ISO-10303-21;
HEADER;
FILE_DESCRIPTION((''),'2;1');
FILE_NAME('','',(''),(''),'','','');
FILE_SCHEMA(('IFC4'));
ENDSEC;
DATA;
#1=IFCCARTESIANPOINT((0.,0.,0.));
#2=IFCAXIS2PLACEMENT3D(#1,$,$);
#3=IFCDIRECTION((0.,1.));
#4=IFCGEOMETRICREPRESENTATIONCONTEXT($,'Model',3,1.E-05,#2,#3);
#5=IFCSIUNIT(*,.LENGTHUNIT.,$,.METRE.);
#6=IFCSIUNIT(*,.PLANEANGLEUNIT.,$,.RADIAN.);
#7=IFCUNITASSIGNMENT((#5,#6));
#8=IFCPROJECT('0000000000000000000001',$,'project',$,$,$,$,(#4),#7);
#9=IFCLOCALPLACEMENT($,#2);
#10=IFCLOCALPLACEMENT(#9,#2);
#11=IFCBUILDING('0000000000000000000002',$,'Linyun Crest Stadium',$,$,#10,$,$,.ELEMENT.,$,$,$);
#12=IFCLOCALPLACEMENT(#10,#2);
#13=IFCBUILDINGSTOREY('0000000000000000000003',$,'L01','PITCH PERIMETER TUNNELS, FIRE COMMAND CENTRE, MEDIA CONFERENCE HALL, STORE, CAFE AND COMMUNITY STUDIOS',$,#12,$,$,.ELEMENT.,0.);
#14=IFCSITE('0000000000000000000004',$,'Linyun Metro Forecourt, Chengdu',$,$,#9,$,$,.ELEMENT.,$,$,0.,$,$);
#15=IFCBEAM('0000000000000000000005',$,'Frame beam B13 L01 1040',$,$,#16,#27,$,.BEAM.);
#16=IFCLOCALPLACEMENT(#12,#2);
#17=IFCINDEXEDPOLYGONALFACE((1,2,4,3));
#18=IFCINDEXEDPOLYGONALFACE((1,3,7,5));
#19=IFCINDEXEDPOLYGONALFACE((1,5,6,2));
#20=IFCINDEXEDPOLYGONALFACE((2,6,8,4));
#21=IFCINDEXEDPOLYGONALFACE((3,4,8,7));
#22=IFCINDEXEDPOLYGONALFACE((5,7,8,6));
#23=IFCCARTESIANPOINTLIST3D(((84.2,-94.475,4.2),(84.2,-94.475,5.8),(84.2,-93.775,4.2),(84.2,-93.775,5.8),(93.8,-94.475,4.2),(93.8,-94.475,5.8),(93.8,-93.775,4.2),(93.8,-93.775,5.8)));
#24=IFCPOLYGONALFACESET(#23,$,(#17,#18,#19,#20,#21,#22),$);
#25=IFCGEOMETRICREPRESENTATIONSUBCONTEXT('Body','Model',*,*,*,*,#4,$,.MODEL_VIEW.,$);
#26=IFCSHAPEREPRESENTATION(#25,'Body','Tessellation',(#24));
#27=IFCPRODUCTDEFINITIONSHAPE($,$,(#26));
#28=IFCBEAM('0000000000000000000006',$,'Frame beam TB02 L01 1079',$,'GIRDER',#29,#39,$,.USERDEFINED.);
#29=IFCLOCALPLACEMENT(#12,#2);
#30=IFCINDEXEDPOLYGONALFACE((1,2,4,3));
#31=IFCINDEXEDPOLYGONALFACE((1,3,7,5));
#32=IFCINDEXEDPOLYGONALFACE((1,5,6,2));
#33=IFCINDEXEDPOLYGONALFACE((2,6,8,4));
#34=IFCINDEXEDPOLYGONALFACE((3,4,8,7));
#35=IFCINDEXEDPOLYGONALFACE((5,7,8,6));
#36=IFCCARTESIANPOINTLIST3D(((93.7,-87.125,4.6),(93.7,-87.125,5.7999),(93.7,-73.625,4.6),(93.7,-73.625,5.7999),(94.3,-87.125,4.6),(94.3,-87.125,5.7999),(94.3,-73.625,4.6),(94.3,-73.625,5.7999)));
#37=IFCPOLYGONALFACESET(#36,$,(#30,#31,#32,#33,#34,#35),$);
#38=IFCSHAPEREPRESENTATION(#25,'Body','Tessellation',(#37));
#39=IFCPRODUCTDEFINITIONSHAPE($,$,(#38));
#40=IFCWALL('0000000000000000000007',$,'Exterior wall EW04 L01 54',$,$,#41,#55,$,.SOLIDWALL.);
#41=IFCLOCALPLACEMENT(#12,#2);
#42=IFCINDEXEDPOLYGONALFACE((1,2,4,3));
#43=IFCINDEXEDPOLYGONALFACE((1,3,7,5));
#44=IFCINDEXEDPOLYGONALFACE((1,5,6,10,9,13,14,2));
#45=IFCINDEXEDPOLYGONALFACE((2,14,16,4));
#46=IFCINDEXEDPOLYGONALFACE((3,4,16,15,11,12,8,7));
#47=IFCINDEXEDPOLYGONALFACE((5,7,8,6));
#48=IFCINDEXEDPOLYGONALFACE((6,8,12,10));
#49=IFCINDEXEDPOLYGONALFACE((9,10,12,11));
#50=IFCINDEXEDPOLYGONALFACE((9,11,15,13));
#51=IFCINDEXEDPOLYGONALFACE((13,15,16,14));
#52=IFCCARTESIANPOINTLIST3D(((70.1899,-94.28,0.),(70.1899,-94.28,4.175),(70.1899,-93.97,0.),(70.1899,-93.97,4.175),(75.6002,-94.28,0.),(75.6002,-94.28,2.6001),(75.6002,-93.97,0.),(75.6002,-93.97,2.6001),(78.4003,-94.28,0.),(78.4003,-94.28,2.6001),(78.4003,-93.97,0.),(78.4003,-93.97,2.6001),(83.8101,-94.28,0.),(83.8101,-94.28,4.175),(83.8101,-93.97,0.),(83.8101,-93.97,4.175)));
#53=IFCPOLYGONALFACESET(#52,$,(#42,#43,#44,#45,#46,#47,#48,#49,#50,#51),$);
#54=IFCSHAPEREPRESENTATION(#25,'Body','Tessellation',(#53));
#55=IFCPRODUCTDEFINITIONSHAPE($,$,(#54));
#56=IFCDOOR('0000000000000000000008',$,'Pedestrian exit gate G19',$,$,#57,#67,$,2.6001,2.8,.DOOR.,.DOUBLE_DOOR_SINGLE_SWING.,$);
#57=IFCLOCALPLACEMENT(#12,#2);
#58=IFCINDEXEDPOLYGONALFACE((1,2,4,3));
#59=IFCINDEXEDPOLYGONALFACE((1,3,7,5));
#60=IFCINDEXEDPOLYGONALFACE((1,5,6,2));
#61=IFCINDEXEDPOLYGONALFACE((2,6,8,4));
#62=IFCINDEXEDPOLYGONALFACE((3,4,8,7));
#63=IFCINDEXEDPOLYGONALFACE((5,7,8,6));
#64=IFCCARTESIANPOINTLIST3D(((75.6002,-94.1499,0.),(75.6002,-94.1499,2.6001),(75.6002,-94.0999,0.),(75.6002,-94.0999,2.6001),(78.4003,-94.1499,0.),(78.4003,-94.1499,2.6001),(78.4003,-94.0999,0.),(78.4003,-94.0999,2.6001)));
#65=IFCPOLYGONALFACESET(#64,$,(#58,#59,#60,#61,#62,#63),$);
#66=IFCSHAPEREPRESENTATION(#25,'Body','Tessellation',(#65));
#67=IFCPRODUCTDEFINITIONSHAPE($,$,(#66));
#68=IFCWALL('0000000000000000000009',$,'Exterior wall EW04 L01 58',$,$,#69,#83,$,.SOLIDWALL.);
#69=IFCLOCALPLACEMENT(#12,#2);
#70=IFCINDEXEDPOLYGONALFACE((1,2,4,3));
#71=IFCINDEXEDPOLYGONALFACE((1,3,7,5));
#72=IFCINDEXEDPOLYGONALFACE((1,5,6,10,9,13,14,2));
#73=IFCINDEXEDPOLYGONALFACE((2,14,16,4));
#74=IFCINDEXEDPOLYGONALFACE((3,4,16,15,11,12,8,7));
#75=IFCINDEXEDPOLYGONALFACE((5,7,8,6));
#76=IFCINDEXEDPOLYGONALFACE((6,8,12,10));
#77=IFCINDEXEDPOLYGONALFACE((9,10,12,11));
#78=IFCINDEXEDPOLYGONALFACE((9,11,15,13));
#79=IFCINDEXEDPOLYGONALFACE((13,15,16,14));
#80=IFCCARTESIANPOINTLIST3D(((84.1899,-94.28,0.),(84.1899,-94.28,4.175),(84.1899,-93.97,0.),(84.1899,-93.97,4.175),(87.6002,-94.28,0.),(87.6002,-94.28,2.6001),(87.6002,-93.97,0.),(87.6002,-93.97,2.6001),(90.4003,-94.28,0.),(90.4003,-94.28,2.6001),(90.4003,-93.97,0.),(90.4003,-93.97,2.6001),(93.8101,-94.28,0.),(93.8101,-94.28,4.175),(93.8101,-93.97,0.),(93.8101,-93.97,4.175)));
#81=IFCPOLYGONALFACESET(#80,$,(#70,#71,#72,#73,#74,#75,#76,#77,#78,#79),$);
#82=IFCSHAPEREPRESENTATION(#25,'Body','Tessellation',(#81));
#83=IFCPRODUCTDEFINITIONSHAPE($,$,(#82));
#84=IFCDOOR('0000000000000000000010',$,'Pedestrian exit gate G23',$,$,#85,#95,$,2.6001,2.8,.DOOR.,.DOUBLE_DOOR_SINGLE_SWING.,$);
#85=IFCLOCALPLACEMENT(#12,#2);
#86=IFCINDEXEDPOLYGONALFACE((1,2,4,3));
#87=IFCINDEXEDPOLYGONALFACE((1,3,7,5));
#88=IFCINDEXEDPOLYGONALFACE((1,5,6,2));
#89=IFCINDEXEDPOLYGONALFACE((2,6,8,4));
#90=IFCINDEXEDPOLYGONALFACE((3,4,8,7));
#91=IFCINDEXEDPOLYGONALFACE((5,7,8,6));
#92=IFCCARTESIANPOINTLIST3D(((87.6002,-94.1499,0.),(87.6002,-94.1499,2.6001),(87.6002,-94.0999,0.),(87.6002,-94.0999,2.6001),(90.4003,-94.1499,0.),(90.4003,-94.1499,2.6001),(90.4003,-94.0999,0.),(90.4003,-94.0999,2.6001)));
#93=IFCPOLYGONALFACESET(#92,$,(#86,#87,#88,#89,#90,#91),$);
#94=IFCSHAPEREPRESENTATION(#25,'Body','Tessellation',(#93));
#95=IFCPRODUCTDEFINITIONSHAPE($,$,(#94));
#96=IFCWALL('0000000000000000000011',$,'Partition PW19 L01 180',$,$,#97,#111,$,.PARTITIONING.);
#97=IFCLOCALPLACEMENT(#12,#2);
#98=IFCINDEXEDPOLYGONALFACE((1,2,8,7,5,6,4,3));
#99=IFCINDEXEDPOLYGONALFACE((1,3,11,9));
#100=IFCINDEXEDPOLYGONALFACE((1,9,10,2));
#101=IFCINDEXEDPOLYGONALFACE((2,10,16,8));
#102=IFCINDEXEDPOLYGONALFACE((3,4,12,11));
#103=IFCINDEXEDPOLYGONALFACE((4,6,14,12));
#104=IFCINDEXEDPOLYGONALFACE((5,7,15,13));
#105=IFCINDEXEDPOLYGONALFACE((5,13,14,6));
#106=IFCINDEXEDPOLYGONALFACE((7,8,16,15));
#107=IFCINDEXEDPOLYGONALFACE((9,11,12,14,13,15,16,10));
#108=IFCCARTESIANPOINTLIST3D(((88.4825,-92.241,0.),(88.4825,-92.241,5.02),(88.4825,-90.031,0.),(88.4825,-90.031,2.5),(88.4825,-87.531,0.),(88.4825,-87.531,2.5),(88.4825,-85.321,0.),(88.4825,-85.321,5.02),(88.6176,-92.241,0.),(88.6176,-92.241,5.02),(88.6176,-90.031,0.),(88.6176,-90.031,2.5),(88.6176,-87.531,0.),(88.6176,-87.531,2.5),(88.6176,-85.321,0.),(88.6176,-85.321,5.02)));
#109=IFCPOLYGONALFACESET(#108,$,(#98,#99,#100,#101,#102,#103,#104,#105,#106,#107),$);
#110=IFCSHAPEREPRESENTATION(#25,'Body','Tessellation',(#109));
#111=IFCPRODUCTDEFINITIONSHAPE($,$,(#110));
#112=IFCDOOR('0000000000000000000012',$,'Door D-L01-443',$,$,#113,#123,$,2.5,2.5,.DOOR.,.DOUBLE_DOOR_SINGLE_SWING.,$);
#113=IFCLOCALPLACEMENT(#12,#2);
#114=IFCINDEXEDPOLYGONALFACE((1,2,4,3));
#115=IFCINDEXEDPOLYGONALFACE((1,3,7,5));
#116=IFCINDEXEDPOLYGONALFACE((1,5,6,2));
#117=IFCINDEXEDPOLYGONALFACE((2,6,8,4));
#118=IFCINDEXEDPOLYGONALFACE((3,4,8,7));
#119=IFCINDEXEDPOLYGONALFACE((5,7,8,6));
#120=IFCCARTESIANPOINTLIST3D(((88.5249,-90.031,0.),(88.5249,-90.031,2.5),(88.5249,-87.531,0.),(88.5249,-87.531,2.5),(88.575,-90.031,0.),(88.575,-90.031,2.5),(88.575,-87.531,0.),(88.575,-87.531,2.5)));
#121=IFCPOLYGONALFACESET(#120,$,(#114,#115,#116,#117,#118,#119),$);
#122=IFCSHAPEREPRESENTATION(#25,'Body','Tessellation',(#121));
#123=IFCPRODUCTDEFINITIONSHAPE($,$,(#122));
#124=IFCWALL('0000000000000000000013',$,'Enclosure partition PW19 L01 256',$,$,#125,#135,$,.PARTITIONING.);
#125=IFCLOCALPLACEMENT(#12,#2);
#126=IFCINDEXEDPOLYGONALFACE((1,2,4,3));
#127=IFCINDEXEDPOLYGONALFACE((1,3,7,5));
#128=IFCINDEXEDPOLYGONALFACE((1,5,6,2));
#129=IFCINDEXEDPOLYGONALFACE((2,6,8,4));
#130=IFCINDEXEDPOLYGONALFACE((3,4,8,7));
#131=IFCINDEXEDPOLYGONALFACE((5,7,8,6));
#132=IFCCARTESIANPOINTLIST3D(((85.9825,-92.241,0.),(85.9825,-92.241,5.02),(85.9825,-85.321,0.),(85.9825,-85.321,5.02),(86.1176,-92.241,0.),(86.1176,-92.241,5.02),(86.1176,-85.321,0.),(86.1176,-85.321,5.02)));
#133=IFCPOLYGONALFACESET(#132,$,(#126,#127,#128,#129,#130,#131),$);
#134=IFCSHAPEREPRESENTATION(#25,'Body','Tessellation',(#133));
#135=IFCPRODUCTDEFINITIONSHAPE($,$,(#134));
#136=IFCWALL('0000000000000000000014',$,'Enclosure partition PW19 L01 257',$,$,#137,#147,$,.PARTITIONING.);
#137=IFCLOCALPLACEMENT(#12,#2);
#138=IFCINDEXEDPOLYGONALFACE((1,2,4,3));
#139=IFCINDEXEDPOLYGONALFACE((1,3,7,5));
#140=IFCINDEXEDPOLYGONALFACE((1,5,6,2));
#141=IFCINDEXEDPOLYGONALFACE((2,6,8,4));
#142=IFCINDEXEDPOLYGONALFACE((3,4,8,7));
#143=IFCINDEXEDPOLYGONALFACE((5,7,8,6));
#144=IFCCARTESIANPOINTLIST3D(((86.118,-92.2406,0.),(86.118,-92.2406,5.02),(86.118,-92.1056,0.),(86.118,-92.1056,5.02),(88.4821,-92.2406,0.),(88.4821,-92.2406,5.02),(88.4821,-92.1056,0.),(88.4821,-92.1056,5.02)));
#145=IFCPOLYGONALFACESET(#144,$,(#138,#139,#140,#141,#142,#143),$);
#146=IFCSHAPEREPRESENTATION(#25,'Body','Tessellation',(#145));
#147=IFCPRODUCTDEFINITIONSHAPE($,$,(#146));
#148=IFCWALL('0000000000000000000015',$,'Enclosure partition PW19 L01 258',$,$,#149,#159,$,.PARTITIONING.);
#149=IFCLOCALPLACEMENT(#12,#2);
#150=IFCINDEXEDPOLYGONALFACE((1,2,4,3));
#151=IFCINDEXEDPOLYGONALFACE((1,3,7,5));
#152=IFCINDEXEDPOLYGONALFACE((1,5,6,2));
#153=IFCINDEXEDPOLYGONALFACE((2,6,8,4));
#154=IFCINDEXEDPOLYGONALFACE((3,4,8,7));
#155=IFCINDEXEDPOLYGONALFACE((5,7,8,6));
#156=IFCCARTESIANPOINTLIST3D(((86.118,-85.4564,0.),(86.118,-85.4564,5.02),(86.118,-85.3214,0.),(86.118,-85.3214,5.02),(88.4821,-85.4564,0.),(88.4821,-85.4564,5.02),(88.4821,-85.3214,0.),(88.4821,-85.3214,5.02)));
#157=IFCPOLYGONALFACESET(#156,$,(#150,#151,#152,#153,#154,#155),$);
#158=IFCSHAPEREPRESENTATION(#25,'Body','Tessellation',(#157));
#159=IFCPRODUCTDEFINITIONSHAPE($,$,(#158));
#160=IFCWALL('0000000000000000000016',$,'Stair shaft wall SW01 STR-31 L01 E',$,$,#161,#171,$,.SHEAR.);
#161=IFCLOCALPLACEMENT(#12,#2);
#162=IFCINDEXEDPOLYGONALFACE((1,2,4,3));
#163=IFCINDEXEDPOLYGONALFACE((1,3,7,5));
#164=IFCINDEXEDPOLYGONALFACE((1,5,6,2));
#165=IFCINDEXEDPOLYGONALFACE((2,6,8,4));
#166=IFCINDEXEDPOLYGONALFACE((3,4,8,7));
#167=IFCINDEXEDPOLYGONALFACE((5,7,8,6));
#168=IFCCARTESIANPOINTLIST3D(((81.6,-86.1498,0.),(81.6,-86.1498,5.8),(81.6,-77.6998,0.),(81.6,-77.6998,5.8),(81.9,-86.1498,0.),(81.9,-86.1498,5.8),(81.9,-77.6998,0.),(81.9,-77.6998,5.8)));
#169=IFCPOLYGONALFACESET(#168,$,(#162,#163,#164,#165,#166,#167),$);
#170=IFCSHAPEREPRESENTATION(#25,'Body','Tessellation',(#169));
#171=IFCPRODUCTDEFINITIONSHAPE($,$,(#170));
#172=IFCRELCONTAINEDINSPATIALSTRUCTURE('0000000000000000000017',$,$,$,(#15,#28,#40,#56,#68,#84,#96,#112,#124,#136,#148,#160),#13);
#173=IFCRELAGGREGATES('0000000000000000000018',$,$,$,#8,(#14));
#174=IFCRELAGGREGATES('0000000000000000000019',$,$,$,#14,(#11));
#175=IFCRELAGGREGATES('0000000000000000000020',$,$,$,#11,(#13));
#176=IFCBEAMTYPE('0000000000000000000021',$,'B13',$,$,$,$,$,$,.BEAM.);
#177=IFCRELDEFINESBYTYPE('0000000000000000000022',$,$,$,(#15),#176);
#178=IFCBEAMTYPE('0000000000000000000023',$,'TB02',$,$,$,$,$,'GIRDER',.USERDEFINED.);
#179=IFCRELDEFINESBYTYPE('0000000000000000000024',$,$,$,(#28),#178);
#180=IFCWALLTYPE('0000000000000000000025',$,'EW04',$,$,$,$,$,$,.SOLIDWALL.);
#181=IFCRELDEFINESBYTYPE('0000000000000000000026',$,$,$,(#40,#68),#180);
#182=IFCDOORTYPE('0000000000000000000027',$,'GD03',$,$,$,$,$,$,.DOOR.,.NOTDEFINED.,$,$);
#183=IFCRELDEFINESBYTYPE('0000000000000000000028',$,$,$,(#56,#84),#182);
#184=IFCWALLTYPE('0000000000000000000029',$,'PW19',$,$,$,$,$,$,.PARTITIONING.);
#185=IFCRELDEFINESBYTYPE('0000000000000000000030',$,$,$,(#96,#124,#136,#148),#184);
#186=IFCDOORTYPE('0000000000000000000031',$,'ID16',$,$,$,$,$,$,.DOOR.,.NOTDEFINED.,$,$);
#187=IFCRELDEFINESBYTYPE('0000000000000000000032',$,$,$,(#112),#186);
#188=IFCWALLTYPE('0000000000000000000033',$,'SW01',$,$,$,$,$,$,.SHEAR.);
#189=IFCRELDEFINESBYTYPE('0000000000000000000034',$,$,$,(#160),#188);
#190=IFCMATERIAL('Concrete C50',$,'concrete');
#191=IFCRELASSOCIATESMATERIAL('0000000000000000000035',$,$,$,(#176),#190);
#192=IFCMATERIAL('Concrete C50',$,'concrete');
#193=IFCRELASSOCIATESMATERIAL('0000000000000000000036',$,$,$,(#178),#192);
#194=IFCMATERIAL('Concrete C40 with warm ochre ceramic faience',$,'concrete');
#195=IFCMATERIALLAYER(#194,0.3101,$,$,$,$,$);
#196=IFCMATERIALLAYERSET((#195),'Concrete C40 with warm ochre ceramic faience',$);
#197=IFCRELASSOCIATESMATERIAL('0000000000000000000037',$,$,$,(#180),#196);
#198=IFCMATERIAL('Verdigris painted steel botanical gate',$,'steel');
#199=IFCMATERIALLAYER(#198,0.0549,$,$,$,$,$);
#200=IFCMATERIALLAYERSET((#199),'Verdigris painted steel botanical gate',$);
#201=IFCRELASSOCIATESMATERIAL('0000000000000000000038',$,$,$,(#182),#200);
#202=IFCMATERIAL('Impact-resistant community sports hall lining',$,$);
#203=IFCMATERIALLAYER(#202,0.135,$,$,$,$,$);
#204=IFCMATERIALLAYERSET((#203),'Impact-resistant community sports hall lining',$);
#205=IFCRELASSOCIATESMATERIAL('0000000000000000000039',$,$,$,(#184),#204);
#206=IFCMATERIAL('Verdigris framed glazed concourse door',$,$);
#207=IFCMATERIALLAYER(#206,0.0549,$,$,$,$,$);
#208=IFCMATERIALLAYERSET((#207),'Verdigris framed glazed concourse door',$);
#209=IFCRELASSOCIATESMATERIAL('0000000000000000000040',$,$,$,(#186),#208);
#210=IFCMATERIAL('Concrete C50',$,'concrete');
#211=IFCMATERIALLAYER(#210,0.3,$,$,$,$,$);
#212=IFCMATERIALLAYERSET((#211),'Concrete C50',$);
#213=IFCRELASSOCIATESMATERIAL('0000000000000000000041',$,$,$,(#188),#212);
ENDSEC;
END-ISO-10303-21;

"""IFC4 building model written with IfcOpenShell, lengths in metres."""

from ifc_helpers import new_model, si_unit, direction, frame, frame_2d, origin, origin_2d, place, context, subcontext, project, spatial, rectangle, extrude, material, layer, layer_set, material_profile, profile_set, type_object, element, fill, save


model = new_model("IFC4")

# Units and contexts
model_context = context("Model", 3, precision=1e-05, world=origin(), true_north=direction((0.0, 1.0)))
body_context = subcontext(model_context, "Body", "Model", "MODEL_VIEW")
ifc_project = project(units=[si_unit("LENGTHUNIT", "METRE"), si_unit("PLANEANGLEUNIT", "RADIAN")], contexts=[model_context])

# Site, building, storey
site_placement = place(None, origin())
site = spatial("IfcSite", under=ifc_project, at=site_placement, Name="Linyun Metro Forecourt, Chengdu", CompositionType="ELEMENT", RefElevation=0.0)
building_placement = place(site_placement, origin())
building = spatial("IfcBuilding", under=site, at=building_placement, Name="Linyun Crest Stadium", CompositionType="ELEMENT")
storey_placement = place(building_placement, origin())
storey = spatial("IfcBuildingStorey", under=building, at=storey_placement, Name="L01", Description="PITCH PERIMETER TUNNELS, FIRE COMMAND CENTRE, MEDIA CONFERENCE HALL, STORE, CAFE AND COMMUNITY STUDIOS", CompositionType="ELEMENT", Elevation=0.0)

# Beams
ifc_material_1 = material(Name="Concrete C50", Category="concrete")
ifc_material_profile_1 = material_profile(ifc_material_1, rectangle(XDim=0.7, YDim=1.6001, at=origin_2d()), Name="RCB 1600x700")
ifc_profile_set_1 = profile_set([ifc_material_profile_1], Name="Concrete C50")
beam_type_1 = type_object("IfcBeamType", Name="B13", PredefinedType="BEAM", material=ifc_profile_set_1)
beam_1_placement = place(storey_placement, frame((84.2, -94.125, 5.0), z_axis=(1.0, 0.0, 0.0), x_axis=(0.0, 1.0, 0.0)))
element("IfcBeam", 1, at=beam_1_placement, inside=storey, type_object=beam_type_1, Name="Frame beam B13 L01 1040", PredefinedType="BEAM", context=body_context, shape_type="SweptSolid", body=[
    extrude(rectangle(XDim=0.7, YDim=1.6001, at=origin_2d()), origin(), (0.0, 0.0, 1.0), 9.6001),
])
ifc_material_2 = material(Name="Concrete C50", Category="concrete")
ifc_material_profile_2 = material_profile(ifc_material_2, rectangle(XDim=0.6001, YDim=1.2, at=origin_2d()), Name="RCB 1200x600")
ifc_profile_set_2 = profile_set([ifc_material_profile_2], Name="Concrete C50")
beam_type_2 = type_object("IfcBeamType", Name="TB02", ElementType="GIRDER", PredefinedType="USERDEFINED", material=ifc_profile_set_2)
beam_2_placement = place(storey_placement, frame((94.0, -87.125, 5.2), z_axis=(0.0, 1.0, 0.0), x_axis=(-1.0, 0.0, 0.0)))
element("IfcBeam", 2, at=beam_2_placement, inside=storey, type_object=beam_type_2, Name="Frame beam TB02 L01 1079", ObjectType="GIRDER", PredefinedType="USERDEFINED", context=body_context, shape_type="SweptSolid", body=[
    extrude(rectangle(XDim=0.6001, YDim=1.2, at=origin_2d()), origin(), (0.0, 0.0, 1.0), 13.5),
])

# Walls, openings, doors
ifc_material_3 = material(Name="Concrete C40 with warm ochre ceramic faience", Category="concrete")
ifc_layer_1 = layer(ifc_material_3, 0.3101)
ifc_layer_set_1 = layer_set([ifc_layer_1], Name="Concrete C40 with warm ochre ceramic faience")
wall_type_1 = type_object("IfcWallType", Name="EW04", PredefinedType="SOLIDWALL", material=ifc_layer_set_1)
wall_1_placement = place(storey_placement, frame((83.8101, -94.125, 0.0), z_axis=(0.0, 0.0, 1.0), x_axis=(-1.0, 0.0, 0.0)))
wall_1 = element("IfcWall", 3, at=wall_1_placement, inside=storey, type_object=wall_type_1, Name="Exterior wall EW04 L01 54", PredefinedType="SOLIDWALL", context=body_context, shape_type="SweptSolid", body=[
    extrude(rectangle(XDim=13.6201, YDim=0.3101, at=frame_2d((6.8101, 0.0))), origin(), (0.0, 0.0, 1.0), 4.175),
])
opening_1_placement = place(wall_1_placement, frame((5.4099, 0.0, 0.0)))
opening_1 = element("IfcOpeningElement", 4, at=opening_1_placement, cuts=wall_1, PredefinedType="OPENING", context=body_context, shape_type="SweptSolid", body=[
    extrude(rectangle(XDim=2.8, YDim=2.6001, at=frame_2d((1.3999, 1.3))), frame((0.0, 0.165, 0.0), z_axis=(0.0, -1.0, 0.0), x_axis=(1.0, 0.0, 0.0)), (0.0, 0.0, 1.0), 0.3301),
])
ifc_material_4 = material(Name="Verdigris painted steel botanical gate", Category="steel")
ifc_layer_2 = layer(ifc_material_4, 0.0549)
ifc_layer_set_2 = layer_set([ifc_layer_2], Name="Verdigris painted steel botanical gate")
door_type_1 = type_object("IfcDoorType", Name="GD03", OperationType="NOTDEFINED", PredefinedType="DOOR", material=ifc_layer_set_2)
door_1_placement = place(opening_1_placement, origin())
door_1 = element("IfcDoor", 5, at=door_1_placement, inside=storey, type_object=door_type_1, Name="Pedestrian exit gate G19", OperationType="DOUBLE_DOOR_SINGLE_SWING", OverallHeight=2.6001, OverallWidth=2.8, PredefinedType="DOOR", context=body_context, shape_type="SweptSolid", body=[
    extrude(rectangle(XDim=2.8, YDim=2.6001, at=frame_2d((1.3999, 1.3))), frame((0.0, 0.0249, 0.0), z_axis=(0.0, -1.0, 0.0), x_axis=(1.0, 0.0, 0.0)), (0.0, 0.0, 1.0), 0.05),
])
fill(opening_1, door_1)
wall_2_placement = place(storey_placement, frame((93.8101, -94.125, 0.0), z_axis=(0.0, 0.0, 1.0), x_axis=(-1.0, 0.0, 0.0)))
wall_2 = element("IfcWall", 6, at=wall_2_placement, inside=storey, type_object=wall_type_1, Name="Exterior wall EW04 L01 58", PredefinedType="SOLIDWALL", context=body_context, shape_type="SweptSolid", body=[
    extrude(rectangle(XDim=9.6201, YDim=0.3101, at=frame_2d((4.8101, 0.0))), origin(), (0.0, 0.0, 1.0), 4.175),
])
opening_2_placement = place(wall_2_placement, frame((3.4099, 0.0, 0.0)))
opening_2 = element("IfcOpeningElement", 7, at=opening_2_placement, cuts=wall_2, PredefinedType="OPENING", context=body_context, shape_type="SweptSolid", body=[
    extrude(rectangle(XDim=2.8, YDim=2.6001, at=frame_2d((1.3999, 1.3))), frame((0.0, 0.165, 0.0), z_axis=(0.0, -1.0, 0.0), x_axis=(1.0, 0.0, 0.0)), (0.0, 0.0, 1.0), 0.3301),
])
door_2_placement = place(opening_2_placement, origin())
door_2 = element("IfcDoor", 8, at=door_2_placement, inside=storey, type_object=door_type_1, Name="Pedestrian exit gate G23", OperationType="DOUBLE_DOOR_SINGLE_SWING", OverallHeight=2.6001, OverallWidth=2.8, PredefinedType="DOOR", context=body_context, shape_type="SweptSolid", body=[
    extrude(rectangle(XDim=2.8, YDim=2.6001, at=frame_2d((1.3999, 1.3))), frame((0.0, 0.0249, 0.0), z_axis=(0.0, -1.0, 0.0), x_axis=(1.0, 0.0, 0.0)), (0.0, 0.0, 1.0), 0.05),
])
fill(opening_2, door_2)
ifc_material_5 = material(Name="Impact-resistant community sports hall lining")
ifc_layer_3 = layer(ifc_material_5, 0.135)
ifc_layer_set_3 = layer_set([ifc_layer_3], Name="Impact-resistant community sports hall lining")
wall_type_2 = type_object("IfcWallType", Name="PW19", PredefinedType="PARTITIONING", material=ifc_layer_set_3)
wall_3_placement = place(storey_placement, frame((88.55, -85.321, 0.0), z_axis=(0.0, 0.0, 1.0), x_axis=(0.0, -1.0, 0.0)))
wall_3 = element("IfcWall", 9, at=wall_3_placement, inside=storey, type_object=wall_type_2, Name="Partition PW19 L01 180", PredefinedType="PARTITIONING", context=body_context, shape_type="SweptSolid", body=[
    extrude(rectangle(XDim=6.9199, YDim=0.135, at=frame_2d((3.46, 0.0))), origin(), (0.0, 0.0, 1.0), 5.02),
])
opening_3_placement = place(wall_3_placement, frame((2.21, 0.0, 0.0)))
opening_3 = element("IfcOpeningElement", 10, at=opening_3_placement, cuts=wall_3, PredefinedType="OPENING", context=body_context, shape_type="SweptSolid", body=[
    extrude(rectangle(XDim=2.5, YDim=2.5, at=frame_2d((1.25, 1.25))), frame((0.0, 0.0774, 0.0), z_axis=(0.0, -1.0, 0.0), x_axis=(1.0, 0.0, 0.0)), (0.0, 0.0, 1.0), 0.155),
])
ifc_material_6 = material(Name="Verdigris framed glazed concourse door")
ifc_layer_4 = layer(ifc_material_6, 0.0549)
ifc_layer_set_4 = layer_set([ifc_layer_4], Name="Verdigris framed glazed concourse door")
door_type_2 = type_object("IfcDoorType", Name="ID16", OperationType="NOTDEFINED", PredefinedType="DOOR", material=ifc_layer_set_4)
door_3_placement = place(opening_3_placement, origin())
door_3 = element("IfcDoor", 11, at=door_3_placement, inside=storey, type_object=door_type_2, Name="Door D-L01-443", OperationType="DOUBLE_DOOR_SINGLE_SWING", OverallHeight=2.5, OverallWidth=2.5, PredefinedType="DOOR", context=body_context, shape_type="SweptSolid", body=[
    extrude(rectangle(XDim=2.5, YDim=2.5, at=frame_2d((1.25, 1.25))), frame((0.0, 0.0249, 0.0), z_axis=(0.0, -1.0, 0.0), x_axis=(1.0, 0.0, 0.0)), (0.0, 0.0, 1.0), 0.05),
])
fill(opening_3, door_3)

# Walls
wall_4_placement = place(storey_placement, frame((86.05, -92.241, 0.0), z_axis=(0.0, 0.0, 1.0), x_axis=(0.0, 1.0, 0.0)))
element("IfcWall", 12, at=wall_4_placement, inside=storey, type_object=wall_type_2, Name="Enclosure partition PW19 L01 256", PredefinedType="PARTITIONING", context=body_context, shape_type="SweptSolid", body=[
    extrude(rectangle(XDim=6.9199, YDim=0.135, at=frame_2d((3.46, 0.0))), origin(), (0.0, 0.0, 1.0), 5.02),
])
for number, where, z_axis, x_axis, name in (
    (13, (86.1179, -92.1731, 0.0), (0.0, 0.0, 1.0), (1.0, 0.0, 0.0), "Enclosure partition PW19 L01 257"),
    (14, (86.1179, -85.3889, 0.0), (0.0, 0.0, 1.0), (1.0, 0.0, 0.0), "Enclosure partition PW19 L01 258"),
):
    element("IfcWall", number, at=place(storey_placement, frame(where, z_axis=z_axis, x_axis=x_axis)), inside=storey, type_object=wall_type_2, Name=name, PredefinedType="PARTITIONING", context=body_context, shape_type="SweptSolid", body=[
        extrude(rectangle(XDim=2.364, YDim=0.135, at=frame_2d((1.1821, 0.0))), origin(), (0.0, 0.0, 1.0), 5.02),
    ])
ifc_material_7 = material(Name="Concrete C50", Category="concrete")
ifc_layer_5 = layer(ifc_material_7, 0.3)
ifc_layer_set_5 = layer_set([ifc_layer_5], Name="Concrete C50")
wall_type_3 = type_object("IfcWallType", Name="SW01", PredefinedType="SHEAR", material=ifc_layer_set_5)
wall_5_placement = place(storey_placement, frame((81.75, -86.1499, 0.0), z_axis=(0.0, 0.0, 1.0), x_axis=(0.0, 1.0, 0.0)))
element("IfcWall", 15, at=wall_5_placement, inside=storey, type_object=wall_type_3, Name="Stair shaft wall SW01 STR-31 L01 E", PredefinedType="SHEAR", context=body_context, shape_type="SweptSolid", body=[
    extrude(rectangle(XDim=8.45, YDim=0.3, at=frame_2d((4.2251, 0.0))), origin(), (0.0, 0.0, 1.0), 5.8),
])

save(model, "model.ifc")
